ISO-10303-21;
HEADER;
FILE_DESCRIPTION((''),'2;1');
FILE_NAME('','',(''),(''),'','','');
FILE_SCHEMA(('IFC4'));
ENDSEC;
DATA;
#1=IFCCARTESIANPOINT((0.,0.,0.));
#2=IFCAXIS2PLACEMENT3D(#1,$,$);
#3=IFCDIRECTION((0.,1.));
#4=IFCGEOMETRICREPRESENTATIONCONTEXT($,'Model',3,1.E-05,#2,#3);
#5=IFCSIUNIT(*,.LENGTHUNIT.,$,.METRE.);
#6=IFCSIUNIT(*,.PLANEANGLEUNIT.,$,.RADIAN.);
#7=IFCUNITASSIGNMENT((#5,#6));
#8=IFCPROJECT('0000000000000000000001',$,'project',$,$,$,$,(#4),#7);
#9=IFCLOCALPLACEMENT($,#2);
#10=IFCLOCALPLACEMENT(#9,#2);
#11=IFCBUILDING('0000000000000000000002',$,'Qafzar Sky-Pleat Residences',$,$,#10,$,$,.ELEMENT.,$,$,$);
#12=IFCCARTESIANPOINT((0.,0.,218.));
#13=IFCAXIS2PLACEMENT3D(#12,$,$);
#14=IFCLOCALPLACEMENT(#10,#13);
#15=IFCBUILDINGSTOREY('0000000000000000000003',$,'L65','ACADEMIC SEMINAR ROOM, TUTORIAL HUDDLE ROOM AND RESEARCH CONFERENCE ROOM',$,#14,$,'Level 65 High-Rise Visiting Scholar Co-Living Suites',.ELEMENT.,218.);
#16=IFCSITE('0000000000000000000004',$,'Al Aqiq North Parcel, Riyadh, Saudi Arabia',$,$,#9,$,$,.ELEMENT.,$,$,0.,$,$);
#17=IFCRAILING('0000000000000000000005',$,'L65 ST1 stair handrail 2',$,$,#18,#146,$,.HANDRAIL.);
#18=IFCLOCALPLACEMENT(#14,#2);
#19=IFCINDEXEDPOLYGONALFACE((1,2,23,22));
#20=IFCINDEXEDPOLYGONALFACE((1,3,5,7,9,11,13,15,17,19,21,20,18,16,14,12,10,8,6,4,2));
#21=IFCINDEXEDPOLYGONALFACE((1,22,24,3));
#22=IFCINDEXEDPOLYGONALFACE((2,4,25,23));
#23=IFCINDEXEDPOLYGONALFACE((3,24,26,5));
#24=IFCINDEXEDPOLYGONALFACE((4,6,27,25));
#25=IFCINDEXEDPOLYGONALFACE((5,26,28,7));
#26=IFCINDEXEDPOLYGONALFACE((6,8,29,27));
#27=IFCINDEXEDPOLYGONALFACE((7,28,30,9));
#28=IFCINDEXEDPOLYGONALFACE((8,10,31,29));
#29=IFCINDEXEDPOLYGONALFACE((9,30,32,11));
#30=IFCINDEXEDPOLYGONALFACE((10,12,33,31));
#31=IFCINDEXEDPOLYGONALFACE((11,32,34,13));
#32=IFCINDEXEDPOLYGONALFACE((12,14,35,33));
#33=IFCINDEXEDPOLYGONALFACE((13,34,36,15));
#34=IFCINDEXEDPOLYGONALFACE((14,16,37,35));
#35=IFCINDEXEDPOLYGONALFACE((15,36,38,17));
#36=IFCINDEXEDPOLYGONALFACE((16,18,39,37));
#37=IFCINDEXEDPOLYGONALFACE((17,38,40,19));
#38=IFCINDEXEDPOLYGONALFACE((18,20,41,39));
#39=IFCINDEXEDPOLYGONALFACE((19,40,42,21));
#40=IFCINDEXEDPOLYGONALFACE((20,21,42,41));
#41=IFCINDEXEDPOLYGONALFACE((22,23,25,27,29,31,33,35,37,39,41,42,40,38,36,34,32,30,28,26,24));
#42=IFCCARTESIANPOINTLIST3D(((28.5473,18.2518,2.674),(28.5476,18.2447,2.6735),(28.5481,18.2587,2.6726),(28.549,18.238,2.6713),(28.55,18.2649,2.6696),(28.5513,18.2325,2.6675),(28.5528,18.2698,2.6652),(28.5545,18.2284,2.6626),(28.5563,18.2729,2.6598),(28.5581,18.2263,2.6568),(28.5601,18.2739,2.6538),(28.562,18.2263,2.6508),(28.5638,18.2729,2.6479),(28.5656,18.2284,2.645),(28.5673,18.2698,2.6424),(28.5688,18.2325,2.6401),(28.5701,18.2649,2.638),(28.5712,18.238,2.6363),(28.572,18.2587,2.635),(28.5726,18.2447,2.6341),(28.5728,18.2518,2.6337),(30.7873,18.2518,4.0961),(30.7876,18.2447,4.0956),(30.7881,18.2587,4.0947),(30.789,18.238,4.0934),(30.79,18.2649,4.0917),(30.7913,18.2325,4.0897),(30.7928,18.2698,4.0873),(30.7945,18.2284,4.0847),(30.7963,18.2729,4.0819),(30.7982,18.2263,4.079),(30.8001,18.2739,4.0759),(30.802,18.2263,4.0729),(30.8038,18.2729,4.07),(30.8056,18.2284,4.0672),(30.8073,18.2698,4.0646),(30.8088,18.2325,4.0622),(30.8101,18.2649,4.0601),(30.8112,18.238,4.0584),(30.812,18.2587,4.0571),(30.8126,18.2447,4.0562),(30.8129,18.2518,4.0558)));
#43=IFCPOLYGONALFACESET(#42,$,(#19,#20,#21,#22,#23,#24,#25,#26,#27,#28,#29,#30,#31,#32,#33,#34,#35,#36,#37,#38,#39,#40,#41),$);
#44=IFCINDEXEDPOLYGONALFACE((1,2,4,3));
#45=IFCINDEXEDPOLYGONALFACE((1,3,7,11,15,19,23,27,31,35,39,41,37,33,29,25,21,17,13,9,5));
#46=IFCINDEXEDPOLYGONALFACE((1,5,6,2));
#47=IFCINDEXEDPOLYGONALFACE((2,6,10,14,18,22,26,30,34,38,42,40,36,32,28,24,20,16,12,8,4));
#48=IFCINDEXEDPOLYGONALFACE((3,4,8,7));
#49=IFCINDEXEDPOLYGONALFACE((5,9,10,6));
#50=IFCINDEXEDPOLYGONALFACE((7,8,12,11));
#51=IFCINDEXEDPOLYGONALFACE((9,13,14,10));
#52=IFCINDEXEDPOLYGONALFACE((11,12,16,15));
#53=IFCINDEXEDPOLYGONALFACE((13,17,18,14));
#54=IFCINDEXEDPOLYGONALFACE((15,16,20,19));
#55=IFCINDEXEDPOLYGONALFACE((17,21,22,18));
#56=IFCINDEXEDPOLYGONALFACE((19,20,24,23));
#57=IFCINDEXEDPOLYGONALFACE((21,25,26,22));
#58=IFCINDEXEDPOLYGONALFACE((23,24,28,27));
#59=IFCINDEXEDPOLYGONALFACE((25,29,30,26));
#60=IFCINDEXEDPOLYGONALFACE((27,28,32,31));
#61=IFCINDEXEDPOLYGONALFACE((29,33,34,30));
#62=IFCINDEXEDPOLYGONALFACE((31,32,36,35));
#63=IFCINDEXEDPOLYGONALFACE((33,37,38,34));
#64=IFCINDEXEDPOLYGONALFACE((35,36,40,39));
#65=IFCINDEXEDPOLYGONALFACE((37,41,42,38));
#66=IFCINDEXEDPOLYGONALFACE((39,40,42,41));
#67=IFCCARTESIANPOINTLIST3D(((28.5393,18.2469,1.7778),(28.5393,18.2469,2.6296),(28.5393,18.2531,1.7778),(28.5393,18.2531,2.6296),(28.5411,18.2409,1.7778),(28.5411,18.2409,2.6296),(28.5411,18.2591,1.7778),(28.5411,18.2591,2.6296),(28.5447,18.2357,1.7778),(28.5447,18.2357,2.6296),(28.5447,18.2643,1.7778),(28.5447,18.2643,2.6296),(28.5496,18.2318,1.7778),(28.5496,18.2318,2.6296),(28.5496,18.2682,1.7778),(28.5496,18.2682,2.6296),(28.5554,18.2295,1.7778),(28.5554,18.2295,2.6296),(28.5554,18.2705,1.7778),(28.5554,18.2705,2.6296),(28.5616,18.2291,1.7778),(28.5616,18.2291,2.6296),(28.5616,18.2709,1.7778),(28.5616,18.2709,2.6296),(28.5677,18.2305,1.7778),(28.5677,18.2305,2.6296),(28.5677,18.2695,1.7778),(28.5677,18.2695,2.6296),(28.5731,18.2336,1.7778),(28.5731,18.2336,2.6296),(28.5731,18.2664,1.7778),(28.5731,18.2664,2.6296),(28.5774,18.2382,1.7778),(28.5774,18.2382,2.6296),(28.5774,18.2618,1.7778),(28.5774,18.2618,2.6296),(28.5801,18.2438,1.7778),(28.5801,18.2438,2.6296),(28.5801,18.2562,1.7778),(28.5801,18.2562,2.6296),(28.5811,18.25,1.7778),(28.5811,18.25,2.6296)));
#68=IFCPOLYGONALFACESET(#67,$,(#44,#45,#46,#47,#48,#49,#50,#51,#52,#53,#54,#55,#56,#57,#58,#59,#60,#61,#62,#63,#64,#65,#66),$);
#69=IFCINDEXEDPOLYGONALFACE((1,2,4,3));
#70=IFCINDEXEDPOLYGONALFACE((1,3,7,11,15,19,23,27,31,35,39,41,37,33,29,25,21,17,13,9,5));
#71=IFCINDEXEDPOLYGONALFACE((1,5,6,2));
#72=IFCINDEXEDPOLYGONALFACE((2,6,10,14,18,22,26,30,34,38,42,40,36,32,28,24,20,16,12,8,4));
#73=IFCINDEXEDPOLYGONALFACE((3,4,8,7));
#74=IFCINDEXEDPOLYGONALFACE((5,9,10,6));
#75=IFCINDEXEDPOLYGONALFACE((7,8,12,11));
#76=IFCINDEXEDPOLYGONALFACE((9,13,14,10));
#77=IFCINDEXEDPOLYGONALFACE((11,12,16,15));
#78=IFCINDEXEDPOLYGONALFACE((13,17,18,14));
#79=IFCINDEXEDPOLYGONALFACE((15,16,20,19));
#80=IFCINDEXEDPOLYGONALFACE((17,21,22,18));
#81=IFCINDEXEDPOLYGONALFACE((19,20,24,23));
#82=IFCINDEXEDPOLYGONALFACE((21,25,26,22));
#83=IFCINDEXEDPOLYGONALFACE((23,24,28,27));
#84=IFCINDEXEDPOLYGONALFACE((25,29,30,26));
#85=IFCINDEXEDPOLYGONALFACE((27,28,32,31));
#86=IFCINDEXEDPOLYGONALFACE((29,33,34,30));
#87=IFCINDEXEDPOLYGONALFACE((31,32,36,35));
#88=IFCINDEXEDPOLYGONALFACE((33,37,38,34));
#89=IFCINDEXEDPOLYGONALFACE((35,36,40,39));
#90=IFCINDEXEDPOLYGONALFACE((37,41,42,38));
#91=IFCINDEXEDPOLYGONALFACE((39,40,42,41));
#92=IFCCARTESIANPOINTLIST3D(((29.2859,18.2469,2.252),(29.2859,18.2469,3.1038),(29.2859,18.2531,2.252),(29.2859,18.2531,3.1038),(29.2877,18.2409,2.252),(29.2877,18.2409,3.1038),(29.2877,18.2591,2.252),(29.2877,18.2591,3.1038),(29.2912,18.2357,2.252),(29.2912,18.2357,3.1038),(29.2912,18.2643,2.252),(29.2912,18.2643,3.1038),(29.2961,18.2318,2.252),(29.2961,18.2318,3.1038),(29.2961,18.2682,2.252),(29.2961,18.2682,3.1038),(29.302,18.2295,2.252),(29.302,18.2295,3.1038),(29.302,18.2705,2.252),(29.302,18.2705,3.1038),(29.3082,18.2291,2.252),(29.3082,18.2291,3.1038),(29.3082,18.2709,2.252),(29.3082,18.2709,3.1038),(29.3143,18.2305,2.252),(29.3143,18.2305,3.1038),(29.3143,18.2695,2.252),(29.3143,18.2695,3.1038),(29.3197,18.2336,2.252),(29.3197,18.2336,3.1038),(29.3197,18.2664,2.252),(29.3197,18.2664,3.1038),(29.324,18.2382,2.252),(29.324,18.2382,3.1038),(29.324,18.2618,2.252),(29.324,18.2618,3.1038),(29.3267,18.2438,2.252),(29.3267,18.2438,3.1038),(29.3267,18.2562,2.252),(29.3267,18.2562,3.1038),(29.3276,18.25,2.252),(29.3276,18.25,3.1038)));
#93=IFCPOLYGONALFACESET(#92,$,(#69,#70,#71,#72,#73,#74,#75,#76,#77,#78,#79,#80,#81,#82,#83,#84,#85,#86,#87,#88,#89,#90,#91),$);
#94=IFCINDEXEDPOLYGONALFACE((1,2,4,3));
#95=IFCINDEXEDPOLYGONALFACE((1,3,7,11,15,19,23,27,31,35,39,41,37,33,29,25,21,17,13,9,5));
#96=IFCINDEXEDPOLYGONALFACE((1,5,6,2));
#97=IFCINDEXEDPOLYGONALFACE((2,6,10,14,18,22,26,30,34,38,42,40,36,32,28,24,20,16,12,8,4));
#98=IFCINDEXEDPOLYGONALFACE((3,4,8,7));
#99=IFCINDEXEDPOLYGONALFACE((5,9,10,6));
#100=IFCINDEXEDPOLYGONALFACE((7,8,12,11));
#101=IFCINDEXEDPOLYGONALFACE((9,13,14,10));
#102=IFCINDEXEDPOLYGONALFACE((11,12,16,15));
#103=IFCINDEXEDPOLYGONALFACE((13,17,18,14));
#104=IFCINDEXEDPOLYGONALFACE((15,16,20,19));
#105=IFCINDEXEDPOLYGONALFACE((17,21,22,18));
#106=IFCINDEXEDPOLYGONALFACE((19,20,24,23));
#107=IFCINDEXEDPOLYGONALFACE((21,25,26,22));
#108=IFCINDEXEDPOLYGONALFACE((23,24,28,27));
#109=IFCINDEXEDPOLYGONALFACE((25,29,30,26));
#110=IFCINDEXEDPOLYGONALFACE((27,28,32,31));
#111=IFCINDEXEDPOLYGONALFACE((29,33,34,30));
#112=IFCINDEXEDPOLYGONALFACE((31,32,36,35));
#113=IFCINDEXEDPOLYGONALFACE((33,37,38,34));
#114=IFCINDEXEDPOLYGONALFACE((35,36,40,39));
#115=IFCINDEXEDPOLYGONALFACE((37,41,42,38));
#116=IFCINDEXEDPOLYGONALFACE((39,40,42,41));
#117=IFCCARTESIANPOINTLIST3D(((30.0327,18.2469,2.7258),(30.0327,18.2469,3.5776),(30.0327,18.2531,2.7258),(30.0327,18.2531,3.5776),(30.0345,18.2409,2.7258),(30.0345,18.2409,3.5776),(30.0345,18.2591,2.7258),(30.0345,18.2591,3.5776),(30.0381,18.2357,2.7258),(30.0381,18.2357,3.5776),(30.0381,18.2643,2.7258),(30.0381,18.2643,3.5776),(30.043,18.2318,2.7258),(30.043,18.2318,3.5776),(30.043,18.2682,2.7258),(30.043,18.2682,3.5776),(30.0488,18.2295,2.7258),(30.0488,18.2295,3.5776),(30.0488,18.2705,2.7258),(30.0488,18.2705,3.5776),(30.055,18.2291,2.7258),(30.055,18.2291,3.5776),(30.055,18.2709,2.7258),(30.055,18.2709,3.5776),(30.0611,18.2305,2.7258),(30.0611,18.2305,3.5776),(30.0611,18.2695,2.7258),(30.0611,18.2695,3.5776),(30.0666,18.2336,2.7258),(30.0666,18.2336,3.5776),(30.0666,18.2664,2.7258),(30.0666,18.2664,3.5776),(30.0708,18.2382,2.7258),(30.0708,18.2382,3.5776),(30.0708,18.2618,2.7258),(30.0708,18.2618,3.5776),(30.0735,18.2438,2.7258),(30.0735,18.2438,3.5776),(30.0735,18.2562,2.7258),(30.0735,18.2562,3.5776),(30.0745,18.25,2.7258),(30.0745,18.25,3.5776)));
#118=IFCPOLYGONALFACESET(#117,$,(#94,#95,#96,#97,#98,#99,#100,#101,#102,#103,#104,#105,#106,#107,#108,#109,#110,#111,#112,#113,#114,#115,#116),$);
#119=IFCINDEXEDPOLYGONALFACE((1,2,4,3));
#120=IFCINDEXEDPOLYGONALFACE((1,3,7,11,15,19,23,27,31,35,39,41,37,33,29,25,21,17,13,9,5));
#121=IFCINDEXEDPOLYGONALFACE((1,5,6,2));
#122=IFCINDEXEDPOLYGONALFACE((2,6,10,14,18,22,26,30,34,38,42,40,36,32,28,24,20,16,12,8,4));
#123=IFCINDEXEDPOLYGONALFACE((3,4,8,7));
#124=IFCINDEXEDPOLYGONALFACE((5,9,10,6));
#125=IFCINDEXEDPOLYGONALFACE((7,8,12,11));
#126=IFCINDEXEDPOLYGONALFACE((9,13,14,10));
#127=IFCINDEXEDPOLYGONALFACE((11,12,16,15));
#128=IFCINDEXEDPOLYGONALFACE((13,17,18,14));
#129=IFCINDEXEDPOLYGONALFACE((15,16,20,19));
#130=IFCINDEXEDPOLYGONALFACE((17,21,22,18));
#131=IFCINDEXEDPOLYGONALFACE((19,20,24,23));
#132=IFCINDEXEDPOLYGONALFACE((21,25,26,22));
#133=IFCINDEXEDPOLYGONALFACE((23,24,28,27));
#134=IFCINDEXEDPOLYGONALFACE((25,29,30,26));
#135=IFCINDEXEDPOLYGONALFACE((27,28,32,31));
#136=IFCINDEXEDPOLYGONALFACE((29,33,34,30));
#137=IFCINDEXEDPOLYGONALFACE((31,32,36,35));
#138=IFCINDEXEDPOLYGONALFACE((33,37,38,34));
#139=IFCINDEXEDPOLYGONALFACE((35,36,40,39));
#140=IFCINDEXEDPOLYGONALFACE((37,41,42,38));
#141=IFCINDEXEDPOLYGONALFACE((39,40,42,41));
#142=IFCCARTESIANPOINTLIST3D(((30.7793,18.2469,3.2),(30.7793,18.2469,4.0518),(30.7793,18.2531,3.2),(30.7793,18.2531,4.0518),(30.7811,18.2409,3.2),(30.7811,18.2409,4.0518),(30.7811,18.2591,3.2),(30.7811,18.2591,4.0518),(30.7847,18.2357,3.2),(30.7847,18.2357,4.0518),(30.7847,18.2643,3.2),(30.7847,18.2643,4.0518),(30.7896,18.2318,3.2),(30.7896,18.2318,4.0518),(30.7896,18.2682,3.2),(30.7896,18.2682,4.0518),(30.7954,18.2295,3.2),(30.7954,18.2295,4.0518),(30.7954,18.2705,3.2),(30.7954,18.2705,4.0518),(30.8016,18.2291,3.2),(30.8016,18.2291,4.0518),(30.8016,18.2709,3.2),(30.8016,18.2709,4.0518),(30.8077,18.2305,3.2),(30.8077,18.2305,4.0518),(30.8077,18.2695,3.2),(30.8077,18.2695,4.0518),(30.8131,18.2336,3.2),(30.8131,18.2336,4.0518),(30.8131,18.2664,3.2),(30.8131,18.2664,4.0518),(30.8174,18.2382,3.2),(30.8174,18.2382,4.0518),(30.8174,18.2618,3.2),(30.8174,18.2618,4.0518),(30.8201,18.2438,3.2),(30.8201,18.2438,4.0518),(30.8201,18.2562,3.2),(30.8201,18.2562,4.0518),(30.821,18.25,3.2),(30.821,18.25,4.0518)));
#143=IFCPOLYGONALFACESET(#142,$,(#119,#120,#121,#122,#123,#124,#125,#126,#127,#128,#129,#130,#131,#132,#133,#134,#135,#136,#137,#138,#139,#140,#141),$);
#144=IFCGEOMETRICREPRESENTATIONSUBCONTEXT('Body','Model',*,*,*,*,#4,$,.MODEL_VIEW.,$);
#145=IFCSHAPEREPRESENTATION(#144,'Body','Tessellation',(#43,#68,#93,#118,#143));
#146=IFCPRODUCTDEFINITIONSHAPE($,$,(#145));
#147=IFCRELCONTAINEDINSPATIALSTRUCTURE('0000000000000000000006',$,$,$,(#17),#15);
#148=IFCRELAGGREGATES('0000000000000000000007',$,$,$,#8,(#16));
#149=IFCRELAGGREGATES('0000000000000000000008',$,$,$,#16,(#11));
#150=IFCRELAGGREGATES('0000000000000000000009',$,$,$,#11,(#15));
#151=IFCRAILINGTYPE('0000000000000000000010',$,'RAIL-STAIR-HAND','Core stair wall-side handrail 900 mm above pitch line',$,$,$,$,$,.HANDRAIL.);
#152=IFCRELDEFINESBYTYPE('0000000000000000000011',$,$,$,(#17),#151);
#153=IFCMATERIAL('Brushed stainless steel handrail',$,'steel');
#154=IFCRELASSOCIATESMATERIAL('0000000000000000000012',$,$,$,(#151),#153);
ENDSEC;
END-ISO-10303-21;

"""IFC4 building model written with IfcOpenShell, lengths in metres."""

from ifc_helpers import new_model, si_unit, direction, frame, origin, origin_2d, place, context, subcontext, project, spatial, circle, extrude, source, transform, mapped, material, type_object, element, save


model = new_model("IFC4")

# Units and contexts
model_context = context("Model", 3, precision=1e-05, world=origin(), true_north=direction((0.0, 1.0)))
body_context = subcontext(model_context, "Body", "Model", "MODEL_VIEW")
ifc_project = project(units=[si_unit("LENGTHUNIT", "METRE"), si_unit("PLANEANGLEUNIT", "RADIAN")], contexts=[model_context])

# Site, building, storey
site_placement = place(None, origin())
site = spatial("IfcSite", under=ifc_project, at=site_placement, Name="Al Aqiq North Parcel, Riyadh, Saudi Arabia", CompositionType="ELEMENT", RefElevation=0.0)
building_placement = place(site_placement, origin())
building = spatial("IfcBuilding", under=site, at=building_placement, Name="Qafzar Sky-Pleat Residences", CompositionType="ELEMENT")
storey_placement = place(building_placement, frame((0.0, 0.0, 218.0)))
storey = spatial("IfcBuildingStorey", under=building, at=storey_placement, Name="L65", Description="ACADEMIC SEMINAR ROOM, TUTORIAL HUDDLE ROOM AND RESEARCH CONFERENCE ROOM", LongName="Level 65 High-Rise Visiting Scholar Co-Living Suites", CompositionType="ELEMENT", Elevation=218.0)

# Railing
ifc_material_1 = material(Name="Brushed stainless steel handrail", Category="steel")
railing_type_1 = type_object("IfcRailingType", Name="RAIL-STAIR-HAND", Description="Core stair wall-side handrail 900 mm above pitch line", PredefinedType="HANDRAIL", material=ifc_material_1)
shared_shape_1 = source(origin(), body_context, "Body", "SweptSolid", [
    extrude(circle(Radius=0.0239, at=origin_2d()), frame((0.0, 0.0, 0.876), z_axis=(0.844229, 0.0, 0.535982), x_axis=(0.0, 1.0, 0.0)), (0.0, 0.0, 1.0), 2.6533),
    extrude(circle(Radius=0.021, at=origin_2d()), origin(), (0.0, 0.0, 1.0), 0.8518),
    extrude(circle(Radius=0.021, at=origin_2d()), frame((0.7466, 0.0, 0.4741)), (0.0, 0.0, 1.0), 0.8518),
    extrude(circle(Radius=0.021, at=origin_2d()), frame((1.4934, 0.0, 0.948)), (0.0, 0.0, 1.0), 0.8518),
    extrude(circle(Radius=0.021, at=origin_2d()), frame((2.24, 0.0, 1.4221)), (0.0, 0.0, 1.0), 0.8518),
])
railing_1_placement = place(storey_placement, frame((28.5601, 18.25, 1.7778)))
element("IfcRailing", 1, at=railing_1_placement, inside=storey, type_object=railing_type_1, Name="L65 ST1 stair handrail 2", PredefinedType="HANDRAIL", context=body_context, shape_type="MappedRepresentation", body=[
    mapped(shared_shape_1, transform((0.0, 0.0, 0.0), x_axis=(1.0, 0.0, 0.0), y_axis=(0.0, 1.0, 0.0), z_axis=(0.0, 0.0, 1.0), scale=1.0)),
])

save(model, "model.ifc")
